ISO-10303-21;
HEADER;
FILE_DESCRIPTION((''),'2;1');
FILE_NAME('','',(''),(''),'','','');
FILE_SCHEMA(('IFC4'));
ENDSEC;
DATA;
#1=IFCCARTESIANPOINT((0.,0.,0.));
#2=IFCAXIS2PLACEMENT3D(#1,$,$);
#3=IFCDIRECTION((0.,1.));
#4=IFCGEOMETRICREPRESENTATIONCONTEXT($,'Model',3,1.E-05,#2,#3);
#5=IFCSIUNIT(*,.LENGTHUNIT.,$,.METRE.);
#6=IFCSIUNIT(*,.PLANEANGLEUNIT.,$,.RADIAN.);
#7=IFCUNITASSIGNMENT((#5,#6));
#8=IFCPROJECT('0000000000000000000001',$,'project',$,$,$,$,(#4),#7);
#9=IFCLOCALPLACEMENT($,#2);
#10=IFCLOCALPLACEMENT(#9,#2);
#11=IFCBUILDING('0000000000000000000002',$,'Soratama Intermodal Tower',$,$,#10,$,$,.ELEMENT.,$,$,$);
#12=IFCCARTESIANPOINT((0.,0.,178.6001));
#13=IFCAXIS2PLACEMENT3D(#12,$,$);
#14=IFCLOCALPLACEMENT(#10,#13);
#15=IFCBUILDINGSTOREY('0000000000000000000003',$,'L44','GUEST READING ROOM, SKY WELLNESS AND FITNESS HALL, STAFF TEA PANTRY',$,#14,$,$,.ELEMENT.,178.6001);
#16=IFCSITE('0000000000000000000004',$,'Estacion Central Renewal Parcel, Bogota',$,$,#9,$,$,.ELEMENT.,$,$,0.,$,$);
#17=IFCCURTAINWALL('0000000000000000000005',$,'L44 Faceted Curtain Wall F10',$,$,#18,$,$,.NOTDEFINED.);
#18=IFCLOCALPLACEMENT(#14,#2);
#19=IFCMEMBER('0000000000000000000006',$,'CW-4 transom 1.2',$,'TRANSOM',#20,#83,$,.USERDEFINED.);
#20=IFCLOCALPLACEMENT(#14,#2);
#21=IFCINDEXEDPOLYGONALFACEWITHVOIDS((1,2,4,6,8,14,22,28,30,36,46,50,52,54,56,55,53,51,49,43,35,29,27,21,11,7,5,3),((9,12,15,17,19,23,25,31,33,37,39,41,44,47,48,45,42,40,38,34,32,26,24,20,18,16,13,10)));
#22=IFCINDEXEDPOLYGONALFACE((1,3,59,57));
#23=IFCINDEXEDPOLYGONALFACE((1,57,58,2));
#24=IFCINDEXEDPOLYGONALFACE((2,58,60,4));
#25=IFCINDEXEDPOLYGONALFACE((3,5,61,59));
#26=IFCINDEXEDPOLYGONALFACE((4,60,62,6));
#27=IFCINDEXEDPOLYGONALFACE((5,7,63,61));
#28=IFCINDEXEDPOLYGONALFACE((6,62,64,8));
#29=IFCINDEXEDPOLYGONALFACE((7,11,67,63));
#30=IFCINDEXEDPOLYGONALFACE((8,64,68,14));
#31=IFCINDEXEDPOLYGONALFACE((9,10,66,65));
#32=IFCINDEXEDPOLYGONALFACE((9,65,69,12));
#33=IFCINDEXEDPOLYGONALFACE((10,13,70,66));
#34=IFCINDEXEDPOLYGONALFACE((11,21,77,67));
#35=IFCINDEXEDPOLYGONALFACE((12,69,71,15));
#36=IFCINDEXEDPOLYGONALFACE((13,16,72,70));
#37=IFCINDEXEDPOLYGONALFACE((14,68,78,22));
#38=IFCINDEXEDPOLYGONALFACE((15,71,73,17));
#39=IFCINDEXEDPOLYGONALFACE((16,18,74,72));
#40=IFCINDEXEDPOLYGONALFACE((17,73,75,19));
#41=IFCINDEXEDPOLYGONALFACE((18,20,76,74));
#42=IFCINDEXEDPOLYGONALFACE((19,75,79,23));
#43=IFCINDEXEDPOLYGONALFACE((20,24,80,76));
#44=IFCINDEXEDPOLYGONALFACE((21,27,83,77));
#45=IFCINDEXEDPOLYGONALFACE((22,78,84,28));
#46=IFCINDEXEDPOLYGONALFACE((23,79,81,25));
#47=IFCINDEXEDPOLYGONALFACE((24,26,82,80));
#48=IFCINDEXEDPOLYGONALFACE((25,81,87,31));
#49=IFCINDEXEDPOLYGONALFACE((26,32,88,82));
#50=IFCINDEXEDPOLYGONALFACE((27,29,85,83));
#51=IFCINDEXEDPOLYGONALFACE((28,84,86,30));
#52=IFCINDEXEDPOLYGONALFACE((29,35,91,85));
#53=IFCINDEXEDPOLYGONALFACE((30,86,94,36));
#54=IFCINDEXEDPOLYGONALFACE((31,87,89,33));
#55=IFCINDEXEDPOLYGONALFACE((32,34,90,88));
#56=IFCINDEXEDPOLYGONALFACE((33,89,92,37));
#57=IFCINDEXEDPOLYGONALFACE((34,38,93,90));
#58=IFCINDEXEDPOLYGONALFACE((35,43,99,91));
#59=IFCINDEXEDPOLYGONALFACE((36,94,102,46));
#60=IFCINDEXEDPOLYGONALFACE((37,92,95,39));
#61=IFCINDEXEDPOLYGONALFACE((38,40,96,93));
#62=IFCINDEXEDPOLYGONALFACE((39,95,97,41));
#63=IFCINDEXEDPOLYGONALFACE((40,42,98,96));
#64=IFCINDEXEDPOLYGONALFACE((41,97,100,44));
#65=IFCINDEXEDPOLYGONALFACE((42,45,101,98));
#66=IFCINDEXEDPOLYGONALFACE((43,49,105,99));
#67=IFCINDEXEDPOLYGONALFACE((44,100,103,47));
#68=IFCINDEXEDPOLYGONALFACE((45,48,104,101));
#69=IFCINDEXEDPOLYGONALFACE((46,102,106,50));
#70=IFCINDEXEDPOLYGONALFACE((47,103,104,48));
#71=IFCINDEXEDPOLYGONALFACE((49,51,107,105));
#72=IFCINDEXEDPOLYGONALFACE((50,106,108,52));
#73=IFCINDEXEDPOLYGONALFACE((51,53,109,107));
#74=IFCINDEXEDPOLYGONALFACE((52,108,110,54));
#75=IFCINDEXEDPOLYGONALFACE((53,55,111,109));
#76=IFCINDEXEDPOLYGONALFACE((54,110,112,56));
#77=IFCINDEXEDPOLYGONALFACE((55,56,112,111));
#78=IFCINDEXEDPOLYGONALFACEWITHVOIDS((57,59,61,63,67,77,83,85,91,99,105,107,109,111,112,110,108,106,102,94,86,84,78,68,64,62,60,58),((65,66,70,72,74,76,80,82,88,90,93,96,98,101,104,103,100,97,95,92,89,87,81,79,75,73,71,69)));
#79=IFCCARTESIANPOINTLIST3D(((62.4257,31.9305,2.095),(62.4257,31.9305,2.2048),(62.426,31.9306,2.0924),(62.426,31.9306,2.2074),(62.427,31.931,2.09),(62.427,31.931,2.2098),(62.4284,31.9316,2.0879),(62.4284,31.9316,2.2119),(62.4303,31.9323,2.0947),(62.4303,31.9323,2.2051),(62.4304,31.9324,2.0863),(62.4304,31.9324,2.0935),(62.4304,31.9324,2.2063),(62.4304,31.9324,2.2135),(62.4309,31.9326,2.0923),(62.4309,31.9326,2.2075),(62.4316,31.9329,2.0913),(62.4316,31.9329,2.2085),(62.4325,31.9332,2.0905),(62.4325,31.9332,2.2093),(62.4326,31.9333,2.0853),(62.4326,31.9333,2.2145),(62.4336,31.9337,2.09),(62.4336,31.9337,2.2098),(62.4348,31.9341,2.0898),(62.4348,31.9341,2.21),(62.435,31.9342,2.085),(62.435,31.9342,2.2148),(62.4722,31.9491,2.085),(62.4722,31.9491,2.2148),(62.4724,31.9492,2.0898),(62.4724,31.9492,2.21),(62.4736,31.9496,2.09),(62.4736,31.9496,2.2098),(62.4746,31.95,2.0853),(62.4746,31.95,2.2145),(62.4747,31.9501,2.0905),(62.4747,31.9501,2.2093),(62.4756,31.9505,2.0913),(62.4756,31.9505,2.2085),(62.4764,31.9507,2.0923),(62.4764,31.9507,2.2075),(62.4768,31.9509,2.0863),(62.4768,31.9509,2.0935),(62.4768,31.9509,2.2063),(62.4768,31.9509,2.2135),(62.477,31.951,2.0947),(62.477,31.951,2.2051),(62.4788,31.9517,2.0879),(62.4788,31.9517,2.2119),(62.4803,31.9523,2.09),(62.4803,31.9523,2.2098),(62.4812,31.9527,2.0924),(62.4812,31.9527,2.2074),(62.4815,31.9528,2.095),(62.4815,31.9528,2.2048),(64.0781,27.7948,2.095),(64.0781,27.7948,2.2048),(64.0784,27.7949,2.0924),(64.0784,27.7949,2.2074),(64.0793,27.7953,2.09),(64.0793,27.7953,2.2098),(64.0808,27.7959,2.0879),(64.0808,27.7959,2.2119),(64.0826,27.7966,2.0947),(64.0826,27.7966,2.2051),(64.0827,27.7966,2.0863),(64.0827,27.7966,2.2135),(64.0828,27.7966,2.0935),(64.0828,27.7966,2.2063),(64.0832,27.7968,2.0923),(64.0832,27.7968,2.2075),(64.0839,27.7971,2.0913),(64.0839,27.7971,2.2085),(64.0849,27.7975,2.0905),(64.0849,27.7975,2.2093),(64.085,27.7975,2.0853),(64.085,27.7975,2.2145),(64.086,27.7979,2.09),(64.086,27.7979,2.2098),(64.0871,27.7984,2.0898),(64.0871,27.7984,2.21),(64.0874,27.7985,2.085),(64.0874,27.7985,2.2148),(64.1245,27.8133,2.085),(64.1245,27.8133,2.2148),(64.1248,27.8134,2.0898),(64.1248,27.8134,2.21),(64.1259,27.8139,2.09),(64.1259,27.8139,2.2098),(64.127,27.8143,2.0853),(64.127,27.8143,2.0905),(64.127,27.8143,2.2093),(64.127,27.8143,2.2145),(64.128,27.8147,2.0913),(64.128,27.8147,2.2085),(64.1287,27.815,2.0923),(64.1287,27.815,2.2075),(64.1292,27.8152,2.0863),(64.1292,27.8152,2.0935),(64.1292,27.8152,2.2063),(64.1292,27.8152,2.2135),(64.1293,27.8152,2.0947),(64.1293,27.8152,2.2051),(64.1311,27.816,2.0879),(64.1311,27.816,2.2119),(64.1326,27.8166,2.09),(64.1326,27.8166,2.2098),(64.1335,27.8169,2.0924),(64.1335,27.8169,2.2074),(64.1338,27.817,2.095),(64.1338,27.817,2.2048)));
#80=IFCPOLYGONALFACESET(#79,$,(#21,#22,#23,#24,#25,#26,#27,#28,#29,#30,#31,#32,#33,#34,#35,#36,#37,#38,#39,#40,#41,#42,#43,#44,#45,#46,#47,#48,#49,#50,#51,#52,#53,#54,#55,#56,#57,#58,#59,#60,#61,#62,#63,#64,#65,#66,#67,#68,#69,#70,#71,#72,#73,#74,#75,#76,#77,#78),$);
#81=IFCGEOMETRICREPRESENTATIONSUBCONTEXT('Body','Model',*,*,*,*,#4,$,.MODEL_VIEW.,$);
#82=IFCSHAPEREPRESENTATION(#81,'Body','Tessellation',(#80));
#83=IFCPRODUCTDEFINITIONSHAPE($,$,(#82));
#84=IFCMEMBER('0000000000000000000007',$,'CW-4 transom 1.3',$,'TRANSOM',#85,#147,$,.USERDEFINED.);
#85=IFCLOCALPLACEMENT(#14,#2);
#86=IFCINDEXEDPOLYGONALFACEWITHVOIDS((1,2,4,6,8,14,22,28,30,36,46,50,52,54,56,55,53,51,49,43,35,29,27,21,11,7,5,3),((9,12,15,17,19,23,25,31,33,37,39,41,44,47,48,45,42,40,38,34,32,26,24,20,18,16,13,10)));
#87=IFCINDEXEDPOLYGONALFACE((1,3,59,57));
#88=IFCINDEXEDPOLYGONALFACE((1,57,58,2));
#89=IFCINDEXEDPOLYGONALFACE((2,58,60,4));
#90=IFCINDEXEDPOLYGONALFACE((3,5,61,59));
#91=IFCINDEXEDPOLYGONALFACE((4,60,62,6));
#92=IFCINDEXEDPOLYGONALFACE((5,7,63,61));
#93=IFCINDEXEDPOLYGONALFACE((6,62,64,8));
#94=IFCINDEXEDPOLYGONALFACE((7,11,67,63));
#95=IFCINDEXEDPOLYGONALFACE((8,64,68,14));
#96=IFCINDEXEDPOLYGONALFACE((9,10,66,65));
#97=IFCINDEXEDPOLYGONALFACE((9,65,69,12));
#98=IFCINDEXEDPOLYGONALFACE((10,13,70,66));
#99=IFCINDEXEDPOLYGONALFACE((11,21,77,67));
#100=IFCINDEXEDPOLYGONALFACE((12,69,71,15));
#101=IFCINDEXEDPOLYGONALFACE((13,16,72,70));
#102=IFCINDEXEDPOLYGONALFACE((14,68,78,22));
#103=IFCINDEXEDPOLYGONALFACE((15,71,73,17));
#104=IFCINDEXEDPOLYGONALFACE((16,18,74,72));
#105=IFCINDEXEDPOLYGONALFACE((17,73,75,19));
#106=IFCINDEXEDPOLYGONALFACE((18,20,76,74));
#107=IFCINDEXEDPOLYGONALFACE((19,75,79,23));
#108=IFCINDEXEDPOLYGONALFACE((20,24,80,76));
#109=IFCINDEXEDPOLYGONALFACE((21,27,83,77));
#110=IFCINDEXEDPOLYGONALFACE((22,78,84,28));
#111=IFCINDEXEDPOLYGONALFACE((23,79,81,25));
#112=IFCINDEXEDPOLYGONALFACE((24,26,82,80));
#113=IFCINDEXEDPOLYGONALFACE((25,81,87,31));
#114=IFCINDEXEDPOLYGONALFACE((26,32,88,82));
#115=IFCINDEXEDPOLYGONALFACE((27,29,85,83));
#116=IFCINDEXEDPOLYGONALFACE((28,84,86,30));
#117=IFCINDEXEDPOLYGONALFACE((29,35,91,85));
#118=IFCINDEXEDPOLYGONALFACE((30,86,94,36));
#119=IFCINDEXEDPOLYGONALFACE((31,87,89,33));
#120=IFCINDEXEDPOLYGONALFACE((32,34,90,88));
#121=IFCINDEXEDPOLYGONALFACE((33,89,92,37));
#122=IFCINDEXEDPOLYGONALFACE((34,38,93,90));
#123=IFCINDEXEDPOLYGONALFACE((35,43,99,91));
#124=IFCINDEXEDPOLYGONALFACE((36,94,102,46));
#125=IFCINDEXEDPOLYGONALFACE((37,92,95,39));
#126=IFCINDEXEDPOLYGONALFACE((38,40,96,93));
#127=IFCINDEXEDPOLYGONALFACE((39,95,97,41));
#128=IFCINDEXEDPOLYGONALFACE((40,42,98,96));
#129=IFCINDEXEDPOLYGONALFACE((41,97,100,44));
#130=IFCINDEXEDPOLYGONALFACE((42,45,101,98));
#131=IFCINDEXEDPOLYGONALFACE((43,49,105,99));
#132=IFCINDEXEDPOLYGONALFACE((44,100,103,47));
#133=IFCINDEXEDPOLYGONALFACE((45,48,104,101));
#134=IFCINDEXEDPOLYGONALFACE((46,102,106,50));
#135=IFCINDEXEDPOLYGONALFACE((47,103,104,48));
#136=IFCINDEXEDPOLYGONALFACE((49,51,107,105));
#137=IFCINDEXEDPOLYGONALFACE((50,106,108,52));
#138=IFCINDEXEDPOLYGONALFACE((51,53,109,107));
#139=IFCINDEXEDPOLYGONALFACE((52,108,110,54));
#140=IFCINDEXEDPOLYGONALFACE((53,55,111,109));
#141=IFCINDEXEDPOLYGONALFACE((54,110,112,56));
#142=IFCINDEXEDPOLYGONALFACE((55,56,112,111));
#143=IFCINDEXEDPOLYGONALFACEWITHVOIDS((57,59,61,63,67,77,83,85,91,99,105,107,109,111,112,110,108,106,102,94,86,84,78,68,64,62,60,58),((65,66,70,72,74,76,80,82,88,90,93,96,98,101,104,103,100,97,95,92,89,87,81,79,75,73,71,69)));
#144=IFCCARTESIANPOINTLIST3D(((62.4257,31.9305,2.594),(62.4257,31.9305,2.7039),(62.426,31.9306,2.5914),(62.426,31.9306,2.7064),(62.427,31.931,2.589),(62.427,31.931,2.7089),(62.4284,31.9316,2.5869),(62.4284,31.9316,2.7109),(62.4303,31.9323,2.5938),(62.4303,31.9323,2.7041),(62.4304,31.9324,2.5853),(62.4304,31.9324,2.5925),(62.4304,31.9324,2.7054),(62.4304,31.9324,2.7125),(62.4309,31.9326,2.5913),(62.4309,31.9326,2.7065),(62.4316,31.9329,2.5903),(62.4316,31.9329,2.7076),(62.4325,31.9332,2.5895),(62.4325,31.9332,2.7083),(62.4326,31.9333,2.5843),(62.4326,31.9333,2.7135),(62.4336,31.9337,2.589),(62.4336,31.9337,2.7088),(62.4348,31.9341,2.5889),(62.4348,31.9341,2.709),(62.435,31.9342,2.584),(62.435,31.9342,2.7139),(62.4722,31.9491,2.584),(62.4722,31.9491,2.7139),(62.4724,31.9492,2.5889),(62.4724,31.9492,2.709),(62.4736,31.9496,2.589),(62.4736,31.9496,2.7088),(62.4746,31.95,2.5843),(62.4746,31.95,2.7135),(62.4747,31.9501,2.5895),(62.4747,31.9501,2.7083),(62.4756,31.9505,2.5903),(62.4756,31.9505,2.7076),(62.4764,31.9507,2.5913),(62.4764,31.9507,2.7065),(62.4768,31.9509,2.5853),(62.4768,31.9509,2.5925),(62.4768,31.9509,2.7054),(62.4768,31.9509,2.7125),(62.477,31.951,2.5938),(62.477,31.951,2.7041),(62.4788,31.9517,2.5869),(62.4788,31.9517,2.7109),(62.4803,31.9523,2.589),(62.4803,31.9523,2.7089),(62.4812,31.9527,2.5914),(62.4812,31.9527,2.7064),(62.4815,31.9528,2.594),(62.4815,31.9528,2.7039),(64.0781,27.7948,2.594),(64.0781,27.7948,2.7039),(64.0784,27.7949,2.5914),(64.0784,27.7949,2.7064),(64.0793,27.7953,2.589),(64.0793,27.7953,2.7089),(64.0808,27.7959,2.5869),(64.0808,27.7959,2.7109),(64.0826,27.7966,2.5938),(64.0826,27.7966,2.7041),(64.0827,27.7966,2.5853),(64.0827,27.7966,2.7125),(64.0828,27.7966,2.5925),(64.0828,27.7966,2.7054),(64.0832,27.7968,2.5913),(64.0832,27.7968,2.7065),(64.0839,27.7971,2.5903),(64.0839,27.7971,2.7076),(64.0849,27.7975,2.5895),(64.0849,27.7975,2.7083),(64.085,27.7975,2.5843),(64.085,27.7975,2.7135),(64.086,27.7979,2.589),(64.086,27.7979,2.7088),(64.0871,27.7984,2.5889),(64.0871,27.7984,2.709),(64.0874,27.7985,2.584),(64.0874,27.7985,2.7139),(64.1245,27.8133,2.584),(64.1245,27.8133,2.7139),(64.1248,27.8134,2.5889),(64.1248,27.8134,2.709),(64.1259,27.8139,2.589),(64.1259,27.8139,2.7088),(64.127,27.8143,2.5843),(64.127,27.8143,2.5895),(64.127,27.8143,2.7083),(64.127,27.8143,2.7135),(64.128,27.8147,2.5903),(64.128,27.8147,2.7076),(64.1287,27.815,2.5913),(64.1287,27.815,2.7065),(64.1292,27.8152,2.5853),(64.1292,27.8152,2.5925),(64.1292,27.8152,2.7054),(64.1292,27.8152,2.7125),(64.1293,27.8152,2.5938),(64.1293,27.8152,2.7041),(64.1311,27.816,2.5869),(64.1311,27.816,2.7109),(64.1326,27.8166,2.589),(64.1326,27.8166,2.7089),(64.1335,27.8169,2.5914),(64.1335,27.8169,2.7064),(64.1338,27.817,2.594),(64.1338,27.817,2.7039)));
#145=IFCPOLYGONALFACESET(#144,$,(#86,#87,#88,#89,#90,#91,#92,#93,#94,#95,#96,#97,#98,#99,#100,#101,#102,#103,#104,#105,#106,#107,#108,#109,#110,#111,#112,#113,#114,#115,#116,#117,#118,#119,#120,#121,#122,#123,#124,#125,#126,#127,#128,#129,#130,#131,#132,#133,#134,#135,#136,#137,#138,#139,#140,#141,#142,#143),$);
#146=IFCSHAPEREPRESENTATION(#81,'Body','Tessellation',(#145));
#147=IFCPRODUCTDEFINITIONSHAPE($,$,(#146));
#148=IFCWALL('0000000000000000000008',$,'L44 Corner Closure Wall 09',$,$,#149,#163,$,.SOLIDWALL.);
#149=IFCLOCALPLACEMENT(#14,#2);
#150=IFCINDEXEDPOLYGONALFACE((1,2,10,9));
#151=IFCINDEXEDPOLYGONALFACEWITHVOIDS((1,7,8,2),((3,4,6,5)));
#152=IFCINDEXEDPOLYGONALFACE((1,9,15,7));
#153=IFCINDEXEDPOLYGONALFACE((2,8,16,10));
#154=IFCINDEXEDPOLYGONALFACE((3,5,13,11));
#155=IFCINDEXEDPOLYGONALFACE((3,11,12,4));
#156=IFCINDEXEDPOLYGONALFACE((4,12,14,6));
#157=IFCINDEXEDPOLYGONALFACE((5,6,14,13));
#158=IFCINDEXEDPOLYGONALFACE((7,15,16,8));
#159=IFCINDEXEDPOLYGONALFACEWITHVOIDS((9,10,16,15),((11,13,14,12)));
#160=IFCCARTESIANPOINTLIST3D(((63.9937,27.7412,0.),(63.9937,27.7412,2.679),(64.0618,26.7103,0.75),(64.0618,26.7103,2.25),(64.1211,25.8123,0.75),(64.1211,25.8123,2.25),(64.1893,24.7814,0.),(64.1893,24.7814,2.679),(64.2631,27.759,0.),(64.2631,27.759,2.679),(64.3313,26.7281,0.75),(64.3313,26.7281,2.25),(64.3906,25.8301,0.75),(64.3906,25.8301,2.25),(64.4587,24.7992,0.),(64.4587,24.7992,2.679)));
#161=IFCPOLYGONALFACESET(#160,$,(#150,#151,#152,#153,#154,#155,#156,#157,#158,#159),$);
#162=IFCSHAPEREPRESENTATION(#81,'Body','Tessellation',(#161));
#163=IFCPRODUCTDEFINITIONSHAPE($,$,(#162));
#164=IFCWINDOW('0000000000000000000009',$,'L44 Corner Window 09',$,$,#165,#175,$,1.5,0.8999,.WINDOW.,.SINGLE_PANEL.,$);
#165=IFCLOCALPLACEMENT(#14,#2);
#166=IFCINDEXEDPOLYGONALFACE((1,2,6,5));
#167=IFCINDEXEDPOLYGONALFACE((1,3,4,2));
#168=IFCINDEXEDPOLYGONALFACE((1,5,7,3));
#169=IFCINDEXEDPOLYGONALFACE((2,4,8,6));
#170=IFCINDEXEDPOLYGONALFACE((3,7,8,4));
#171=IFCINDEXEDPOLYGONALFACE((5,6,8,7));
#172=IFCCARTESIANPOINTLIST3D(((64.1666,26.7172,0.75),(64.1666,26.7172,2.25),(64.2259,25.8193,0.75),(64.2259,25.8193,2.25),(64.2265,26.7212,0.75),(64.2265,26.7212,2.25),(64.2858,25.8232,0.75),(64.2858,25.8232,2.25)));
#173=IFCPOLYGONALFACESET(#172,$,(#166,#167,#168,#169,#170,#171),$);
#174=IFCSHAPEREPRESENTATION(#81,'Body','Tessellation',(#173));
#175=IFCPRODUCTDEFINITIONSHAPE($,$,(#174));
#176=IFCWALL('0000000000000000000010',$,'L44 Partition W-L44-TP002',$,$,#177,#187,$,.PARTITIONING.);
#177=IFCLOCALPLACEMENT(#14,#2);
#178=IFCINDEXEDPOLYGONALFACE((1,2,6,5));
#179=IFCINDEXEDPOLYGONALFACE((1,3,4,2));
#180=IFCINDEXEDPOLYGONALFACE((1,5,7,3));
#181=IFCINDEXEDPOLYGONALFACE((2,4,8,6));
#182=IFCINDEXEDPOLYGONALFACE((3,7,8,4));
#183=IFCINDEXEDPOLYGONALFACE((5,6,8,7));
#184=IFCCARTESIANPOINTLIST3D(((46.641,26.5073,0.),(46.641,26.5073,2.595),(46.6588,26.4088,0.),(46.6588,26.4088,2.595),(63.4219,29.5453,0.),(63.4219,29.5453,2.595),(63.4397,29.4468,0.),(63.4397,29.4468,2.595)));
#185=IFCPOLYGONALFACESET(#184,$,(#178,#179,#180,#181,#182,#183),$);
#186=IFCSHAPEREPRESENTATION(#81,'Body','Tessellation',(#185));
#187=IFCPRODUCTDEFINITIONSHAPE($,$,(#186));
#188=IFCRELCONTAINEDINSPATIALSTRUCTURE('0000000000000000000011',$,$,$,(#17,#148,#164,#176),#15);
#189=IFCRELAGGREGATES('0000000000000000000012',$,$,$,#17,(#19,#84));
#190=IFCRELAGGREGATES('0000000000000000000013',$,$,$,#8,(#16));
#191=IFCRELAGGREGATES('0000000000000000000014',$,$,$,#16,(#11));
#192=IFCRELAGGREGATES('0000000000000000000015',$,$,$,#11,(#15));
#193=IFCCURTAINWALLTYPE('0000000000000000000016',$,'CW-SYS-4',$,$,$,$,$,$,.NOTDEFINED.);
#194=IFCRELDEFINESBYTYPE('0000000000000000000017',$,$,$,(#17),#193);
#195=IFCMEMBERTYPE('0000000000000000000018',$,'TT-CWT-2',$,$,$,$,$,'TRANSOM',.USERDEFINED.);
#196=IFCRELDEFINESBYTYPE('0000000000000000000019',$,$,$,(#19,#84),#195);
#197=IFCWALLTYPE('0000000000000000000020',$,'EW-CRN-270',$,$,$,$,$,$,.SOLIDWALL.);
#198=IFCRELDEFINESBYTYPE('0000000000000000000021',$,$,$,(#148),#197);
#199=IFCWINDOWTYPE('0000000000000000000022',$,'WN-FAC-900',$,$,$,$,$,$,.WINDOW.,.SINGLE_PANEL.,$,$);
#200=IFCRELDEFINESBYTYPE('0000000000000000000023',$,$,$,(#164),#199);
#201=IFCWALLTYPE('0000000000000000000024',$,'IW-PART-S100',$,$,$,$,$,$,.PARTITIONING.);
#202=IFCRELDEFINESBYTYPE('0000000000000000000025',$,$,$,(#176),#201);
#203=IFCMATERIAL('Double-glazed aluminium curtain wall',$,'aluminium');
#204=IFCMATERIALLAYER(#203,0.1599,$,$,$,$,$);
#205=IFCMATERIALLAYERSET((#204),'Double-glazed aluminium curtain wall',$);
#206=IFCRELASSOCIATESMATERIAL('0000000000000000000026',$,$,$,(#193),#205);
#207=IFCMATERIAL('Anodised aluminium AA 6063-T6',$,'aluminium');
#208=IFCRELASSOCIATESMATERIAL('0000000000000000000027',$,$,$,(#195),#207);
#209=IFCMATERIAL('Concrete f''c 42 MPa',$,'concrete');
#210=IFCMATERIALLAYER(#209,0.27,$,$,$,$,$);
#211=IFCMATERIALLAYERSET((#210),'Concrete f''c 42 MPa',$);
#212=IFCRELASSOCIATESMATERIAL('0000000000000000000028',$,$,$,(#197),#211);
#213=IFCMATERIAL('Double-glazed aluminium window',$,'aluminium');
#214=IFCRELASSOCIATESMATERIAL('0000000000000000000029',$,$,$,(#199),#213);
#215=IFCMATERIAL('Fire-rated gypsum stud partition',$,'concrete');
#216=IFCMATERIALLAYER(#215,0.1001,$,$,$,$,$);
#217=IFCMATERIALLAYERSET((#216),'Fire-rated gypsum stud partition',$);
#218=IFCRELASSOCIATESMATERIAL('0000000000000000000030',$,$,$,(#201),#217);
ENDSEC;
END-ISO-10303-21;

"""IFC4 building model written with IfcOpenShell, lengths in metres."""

from ifc_helpers import new_model, si_unit, direction, frame, frame_2d, origin, origin_2d, place, context, subcontext, project, spatial, rectangle, hollow_rectangle, extrude, material, layer, layer_set, material_profile, profile_set, type_object, element, fill, aggregate, save


model = new_model("IFC4")

# Units and contexts
model_context = context("Model", 3, precision=1e-05, world=origin(), true_north=direction((0.0, 1.0)))
body_context = subcontext(model_context, "Body", "Model", "MODEL_VIEW")
ifc_project = project(units=[si_unit("LENGTHUNIT", "METRE"), si_unit("PLANEANGLEUNIT", "RADIAN")], contexts=[model_context])

# Site, building, storey
site_placement = place(None, origin())
site = spatial("IfcSite", under=ifc_project, at=site_placement, Name="Estacion Central Renewal Parcel, Bogota", CompositionType="ELEMENT", RefElevation=0.0)
building_placement = place(site_placement, origin())
building = spatial("IfcBuilding", under=site, at=building_placement, Name="Soratama Intermodal Tower", CompositionType="ELEMENT")
storey_placement = place(building_placement, frame((0.0, 0.0, 178.6001)))
storey = spatial("IfcBuildingStorey", under=building, at=storey_placement, Name="L44", Description="GUEST READING ROOM, SKY WELLNESS AND FITNESS HALL, STAFF TEA PANTRY", CompositionType="ELEMENT", Elevation=178.6001)

# Curtain wall, members
ifc_material_1 = material(Name="Double-glazed aluminium curtain wall", Category="aluminium")
ifc_layer_1 = layer(ifc_material_1, 0.1599)
ifc_layer_set_1 = layer_set([ifc_layer_1], Name="Double-glazed aluminium curtain wall")
curtain_wall_type = type_object("IfcCurtainWallType", Name="CW-SYS-4", PredefinedType="NOTDEFINED", material=ifc_layer_set_1)
curtain_wall_placement = place(storey_placement, origin())
curtain_wall = element("IfcCurtainWall", 1, at=curtain_wall_placement, inside=storey, type_object=curtain_wall_type, Name="L44 Faceted Curtain Wall F10", PredefinedType="NOTDEFINED")
ifc_material_2 = material(Name="Anodised aluminium AA 6063-T6", Category="aluminium")
ifc_material_profile_1 = material_profile(ifc_material_2, hollow_rectangle(XDim=0.0601, YDim=0.1299, WallThickness=0.0049, InnerFilletRadius=0.0049, OuterFilletRadius=0.01, at=origin_2d()), Name="CWT130X60X5")
ifc_profile_set_1 = profile_set([ifc_material_profile_1], Name="Anodised aluminium AA 6063-T6")
member_type_1 = type_object("IfcMemberType", Name="TT-CWT-2", ElementType="TRANSOM", PredefinedType="USERDEFINED", material=ifc_profile_set_1)
member_1_placement = place(storey_placement, frame((64.106, 27.8059, 2.1499), z_axis=(-0.371013, 0.928628, 0.0), x_axis=(-0.928628, -0.371013, 0.0)))
member_1 = element("IfcMember", 2, at=member_1_placement, type_object=member_type_1, Name="CW-4 transom 1.2", ObjectType="TRANSOM", PredefinedType="USERDEFINED", context=body_context, shape_type="SweptSolid", body=[
    extrude(hollow_rectangle(XDim=0.0601, YDim=0.1299, WallThickness=0.0049, InnerFilletRadius=0.0049, OuterFilletRadius=0.01, at=origin_2d()), origin(), (0.0, 0.0, 1.0), 4.4536),
])
member_2_placement = place(storey_placement, frame((64.106, 27.8059, 2.6489), z_axis=(-0.371013, 0.928628, 0.0), x_axis=(-0.928628, -0.371013, 0.0)))
member_2 = element("IfcMember", 3, at=member_2_placement, type_object=member_type_1, Name="CW-4 transom 1.3", ObjectType="TRANSOM", PredefinedType="USERDEFINED", context=body_context, shape_type="SweptSolid", body=[
    extrude(hollow_rectangle(XDim=0.0601, YDim=0.1299, WallThickness=0.0049, InnerFilletRadius=0.0049, OuterFilletRadius=0.01, at=origin_2d()), origin(), (0.0, 0.0, 1.0), 4.4536),
])
aggregate(curtain_wall, [member_1, member_2])

# Wall, opening, window
ifc_material_3 = material(Name="Concrete f'c 42 MPa", Category="concrete")
ifc_layer_2 = layer(ifc_material_3, 0.27)
ifc_layer_set_2 = layer_set([ifc_layer_2], Name="Concrete f'c 42 MPa")
wall_type_1 = type_object("IfcWallType", Name="EW-CRN-270", PredefinedType="SOLIDWALL", material=ifc_layer_set_2)
wall_1_placement = place(storey_placement, frame((64.324, 24.7903, 0.0), z_axis=(0.0, 0.0, 1.0), x_axis=(-0.065924, 0.997825, 0.0)))
wall_1 = element("IfcWall", 4, at=wall_1_placement, inside=storey, type_object=wall_type_1, Name="L44 Corner Closure Wall 09", PredefinedType="SOLIDWALL", context=body_context, shape_type="SweptSolid", body=[
    extrude(rectangle(XDim=2.9663, YDim=0.27, at=frame_2d((1.4832, 0.0))), origin(), (0.0, 0.0, 1.0), 2.679),
])
opening_1_placement = place(wall_1_placement, frame((1.0332, 0.0, 0.75)))
opening_1 = element("IfcOpeningElement", 5, at=opening_1_placement, cuts=wall_1, PredefinedType="OPENING", context=body_context, shape_type="SweptSolid", body=[
    extrude(rectangle(XDim=0.8999, YDim=1.5, at=frame_2d((0.45, 0.75))), frame((0.0, 0.145, 0.0), z_axis=(0.0, -1.0, 0.0), x_axis=(1.0, 0.0, 0.0)), (0.0, 0.0, 1.0), 0.29),
])
ifc_material_4 = material(Name="Double-glazed aluminium window", Category="aluminium")
window_type_1 = type_object("IfcWindowType", Name="WN-FAC-900", PartitioningType="SINGLE_PANEL", PredefinedType="WINDOW", material=ifc_material_4)
window_1_placement = place(opening_1_placement, origin())
window_1 = element("IfcWindow", 6, at=window_1_placement, inside=storey, type_object=window_type_1, Name="L44 Corner Window 09", OverallHeight=1.5, OverallWidth=0.8999, PartitioningType="SINGLE_PANEL", PredefinedType="WINDOW", context=body_context, shape_type="SweptSolid", body=[
    extrude(rectangle(XDim=0.8999, YDim=1.5, at=frame_2d((0.45, 0.75))), frame((0.0, 0.03, 0.0), z_axis=(0.0, -1.0, 0.0), x_axis=(1.0, 0.0, 0.0)), (0.0, 0.0, 1.0), 0.0601),
])
fill(opening_1, window_1)

# Wall
ifc_material_5 = material(Name="Fire-rated gypsum stud partition", Category="concrete")
ifc_layer_3 = layer(ifc_material_5, 0.1001)
ifc_layer_set_3 = layer_set([ifc_layer_3], Name="Fire-rated gypsum stud partition")
wall_type_2 = type_object("IfcWallType", Name="IW-PART-S100", PredefinedType="PARTITIONING", material=ifc_layer_set_3)
wall_2_placement = place(storey_placement, frame((46.6499, 26.458, 0.0), z_axis=(0.0, 0.0, 1.0), x_axis=(0.984004, 0.178147, 0.0)))
element("IfcWall", 7, at=wall_2_placement, inside=storey, type_object=wall_type_2, Name="L44 Partition W-L44-TP002", PredefinedType="PARTITIONING", context=body_context, shape_type="SweptSolid", body=[
    extrude(rectangle(XDim=17.0537, YDim=0.1001, at=frame_2d((8.5269, 0.0))), origin(), (0.0, 0.0, 1.0), 2.595),
])

save(model, "model.ifc")
